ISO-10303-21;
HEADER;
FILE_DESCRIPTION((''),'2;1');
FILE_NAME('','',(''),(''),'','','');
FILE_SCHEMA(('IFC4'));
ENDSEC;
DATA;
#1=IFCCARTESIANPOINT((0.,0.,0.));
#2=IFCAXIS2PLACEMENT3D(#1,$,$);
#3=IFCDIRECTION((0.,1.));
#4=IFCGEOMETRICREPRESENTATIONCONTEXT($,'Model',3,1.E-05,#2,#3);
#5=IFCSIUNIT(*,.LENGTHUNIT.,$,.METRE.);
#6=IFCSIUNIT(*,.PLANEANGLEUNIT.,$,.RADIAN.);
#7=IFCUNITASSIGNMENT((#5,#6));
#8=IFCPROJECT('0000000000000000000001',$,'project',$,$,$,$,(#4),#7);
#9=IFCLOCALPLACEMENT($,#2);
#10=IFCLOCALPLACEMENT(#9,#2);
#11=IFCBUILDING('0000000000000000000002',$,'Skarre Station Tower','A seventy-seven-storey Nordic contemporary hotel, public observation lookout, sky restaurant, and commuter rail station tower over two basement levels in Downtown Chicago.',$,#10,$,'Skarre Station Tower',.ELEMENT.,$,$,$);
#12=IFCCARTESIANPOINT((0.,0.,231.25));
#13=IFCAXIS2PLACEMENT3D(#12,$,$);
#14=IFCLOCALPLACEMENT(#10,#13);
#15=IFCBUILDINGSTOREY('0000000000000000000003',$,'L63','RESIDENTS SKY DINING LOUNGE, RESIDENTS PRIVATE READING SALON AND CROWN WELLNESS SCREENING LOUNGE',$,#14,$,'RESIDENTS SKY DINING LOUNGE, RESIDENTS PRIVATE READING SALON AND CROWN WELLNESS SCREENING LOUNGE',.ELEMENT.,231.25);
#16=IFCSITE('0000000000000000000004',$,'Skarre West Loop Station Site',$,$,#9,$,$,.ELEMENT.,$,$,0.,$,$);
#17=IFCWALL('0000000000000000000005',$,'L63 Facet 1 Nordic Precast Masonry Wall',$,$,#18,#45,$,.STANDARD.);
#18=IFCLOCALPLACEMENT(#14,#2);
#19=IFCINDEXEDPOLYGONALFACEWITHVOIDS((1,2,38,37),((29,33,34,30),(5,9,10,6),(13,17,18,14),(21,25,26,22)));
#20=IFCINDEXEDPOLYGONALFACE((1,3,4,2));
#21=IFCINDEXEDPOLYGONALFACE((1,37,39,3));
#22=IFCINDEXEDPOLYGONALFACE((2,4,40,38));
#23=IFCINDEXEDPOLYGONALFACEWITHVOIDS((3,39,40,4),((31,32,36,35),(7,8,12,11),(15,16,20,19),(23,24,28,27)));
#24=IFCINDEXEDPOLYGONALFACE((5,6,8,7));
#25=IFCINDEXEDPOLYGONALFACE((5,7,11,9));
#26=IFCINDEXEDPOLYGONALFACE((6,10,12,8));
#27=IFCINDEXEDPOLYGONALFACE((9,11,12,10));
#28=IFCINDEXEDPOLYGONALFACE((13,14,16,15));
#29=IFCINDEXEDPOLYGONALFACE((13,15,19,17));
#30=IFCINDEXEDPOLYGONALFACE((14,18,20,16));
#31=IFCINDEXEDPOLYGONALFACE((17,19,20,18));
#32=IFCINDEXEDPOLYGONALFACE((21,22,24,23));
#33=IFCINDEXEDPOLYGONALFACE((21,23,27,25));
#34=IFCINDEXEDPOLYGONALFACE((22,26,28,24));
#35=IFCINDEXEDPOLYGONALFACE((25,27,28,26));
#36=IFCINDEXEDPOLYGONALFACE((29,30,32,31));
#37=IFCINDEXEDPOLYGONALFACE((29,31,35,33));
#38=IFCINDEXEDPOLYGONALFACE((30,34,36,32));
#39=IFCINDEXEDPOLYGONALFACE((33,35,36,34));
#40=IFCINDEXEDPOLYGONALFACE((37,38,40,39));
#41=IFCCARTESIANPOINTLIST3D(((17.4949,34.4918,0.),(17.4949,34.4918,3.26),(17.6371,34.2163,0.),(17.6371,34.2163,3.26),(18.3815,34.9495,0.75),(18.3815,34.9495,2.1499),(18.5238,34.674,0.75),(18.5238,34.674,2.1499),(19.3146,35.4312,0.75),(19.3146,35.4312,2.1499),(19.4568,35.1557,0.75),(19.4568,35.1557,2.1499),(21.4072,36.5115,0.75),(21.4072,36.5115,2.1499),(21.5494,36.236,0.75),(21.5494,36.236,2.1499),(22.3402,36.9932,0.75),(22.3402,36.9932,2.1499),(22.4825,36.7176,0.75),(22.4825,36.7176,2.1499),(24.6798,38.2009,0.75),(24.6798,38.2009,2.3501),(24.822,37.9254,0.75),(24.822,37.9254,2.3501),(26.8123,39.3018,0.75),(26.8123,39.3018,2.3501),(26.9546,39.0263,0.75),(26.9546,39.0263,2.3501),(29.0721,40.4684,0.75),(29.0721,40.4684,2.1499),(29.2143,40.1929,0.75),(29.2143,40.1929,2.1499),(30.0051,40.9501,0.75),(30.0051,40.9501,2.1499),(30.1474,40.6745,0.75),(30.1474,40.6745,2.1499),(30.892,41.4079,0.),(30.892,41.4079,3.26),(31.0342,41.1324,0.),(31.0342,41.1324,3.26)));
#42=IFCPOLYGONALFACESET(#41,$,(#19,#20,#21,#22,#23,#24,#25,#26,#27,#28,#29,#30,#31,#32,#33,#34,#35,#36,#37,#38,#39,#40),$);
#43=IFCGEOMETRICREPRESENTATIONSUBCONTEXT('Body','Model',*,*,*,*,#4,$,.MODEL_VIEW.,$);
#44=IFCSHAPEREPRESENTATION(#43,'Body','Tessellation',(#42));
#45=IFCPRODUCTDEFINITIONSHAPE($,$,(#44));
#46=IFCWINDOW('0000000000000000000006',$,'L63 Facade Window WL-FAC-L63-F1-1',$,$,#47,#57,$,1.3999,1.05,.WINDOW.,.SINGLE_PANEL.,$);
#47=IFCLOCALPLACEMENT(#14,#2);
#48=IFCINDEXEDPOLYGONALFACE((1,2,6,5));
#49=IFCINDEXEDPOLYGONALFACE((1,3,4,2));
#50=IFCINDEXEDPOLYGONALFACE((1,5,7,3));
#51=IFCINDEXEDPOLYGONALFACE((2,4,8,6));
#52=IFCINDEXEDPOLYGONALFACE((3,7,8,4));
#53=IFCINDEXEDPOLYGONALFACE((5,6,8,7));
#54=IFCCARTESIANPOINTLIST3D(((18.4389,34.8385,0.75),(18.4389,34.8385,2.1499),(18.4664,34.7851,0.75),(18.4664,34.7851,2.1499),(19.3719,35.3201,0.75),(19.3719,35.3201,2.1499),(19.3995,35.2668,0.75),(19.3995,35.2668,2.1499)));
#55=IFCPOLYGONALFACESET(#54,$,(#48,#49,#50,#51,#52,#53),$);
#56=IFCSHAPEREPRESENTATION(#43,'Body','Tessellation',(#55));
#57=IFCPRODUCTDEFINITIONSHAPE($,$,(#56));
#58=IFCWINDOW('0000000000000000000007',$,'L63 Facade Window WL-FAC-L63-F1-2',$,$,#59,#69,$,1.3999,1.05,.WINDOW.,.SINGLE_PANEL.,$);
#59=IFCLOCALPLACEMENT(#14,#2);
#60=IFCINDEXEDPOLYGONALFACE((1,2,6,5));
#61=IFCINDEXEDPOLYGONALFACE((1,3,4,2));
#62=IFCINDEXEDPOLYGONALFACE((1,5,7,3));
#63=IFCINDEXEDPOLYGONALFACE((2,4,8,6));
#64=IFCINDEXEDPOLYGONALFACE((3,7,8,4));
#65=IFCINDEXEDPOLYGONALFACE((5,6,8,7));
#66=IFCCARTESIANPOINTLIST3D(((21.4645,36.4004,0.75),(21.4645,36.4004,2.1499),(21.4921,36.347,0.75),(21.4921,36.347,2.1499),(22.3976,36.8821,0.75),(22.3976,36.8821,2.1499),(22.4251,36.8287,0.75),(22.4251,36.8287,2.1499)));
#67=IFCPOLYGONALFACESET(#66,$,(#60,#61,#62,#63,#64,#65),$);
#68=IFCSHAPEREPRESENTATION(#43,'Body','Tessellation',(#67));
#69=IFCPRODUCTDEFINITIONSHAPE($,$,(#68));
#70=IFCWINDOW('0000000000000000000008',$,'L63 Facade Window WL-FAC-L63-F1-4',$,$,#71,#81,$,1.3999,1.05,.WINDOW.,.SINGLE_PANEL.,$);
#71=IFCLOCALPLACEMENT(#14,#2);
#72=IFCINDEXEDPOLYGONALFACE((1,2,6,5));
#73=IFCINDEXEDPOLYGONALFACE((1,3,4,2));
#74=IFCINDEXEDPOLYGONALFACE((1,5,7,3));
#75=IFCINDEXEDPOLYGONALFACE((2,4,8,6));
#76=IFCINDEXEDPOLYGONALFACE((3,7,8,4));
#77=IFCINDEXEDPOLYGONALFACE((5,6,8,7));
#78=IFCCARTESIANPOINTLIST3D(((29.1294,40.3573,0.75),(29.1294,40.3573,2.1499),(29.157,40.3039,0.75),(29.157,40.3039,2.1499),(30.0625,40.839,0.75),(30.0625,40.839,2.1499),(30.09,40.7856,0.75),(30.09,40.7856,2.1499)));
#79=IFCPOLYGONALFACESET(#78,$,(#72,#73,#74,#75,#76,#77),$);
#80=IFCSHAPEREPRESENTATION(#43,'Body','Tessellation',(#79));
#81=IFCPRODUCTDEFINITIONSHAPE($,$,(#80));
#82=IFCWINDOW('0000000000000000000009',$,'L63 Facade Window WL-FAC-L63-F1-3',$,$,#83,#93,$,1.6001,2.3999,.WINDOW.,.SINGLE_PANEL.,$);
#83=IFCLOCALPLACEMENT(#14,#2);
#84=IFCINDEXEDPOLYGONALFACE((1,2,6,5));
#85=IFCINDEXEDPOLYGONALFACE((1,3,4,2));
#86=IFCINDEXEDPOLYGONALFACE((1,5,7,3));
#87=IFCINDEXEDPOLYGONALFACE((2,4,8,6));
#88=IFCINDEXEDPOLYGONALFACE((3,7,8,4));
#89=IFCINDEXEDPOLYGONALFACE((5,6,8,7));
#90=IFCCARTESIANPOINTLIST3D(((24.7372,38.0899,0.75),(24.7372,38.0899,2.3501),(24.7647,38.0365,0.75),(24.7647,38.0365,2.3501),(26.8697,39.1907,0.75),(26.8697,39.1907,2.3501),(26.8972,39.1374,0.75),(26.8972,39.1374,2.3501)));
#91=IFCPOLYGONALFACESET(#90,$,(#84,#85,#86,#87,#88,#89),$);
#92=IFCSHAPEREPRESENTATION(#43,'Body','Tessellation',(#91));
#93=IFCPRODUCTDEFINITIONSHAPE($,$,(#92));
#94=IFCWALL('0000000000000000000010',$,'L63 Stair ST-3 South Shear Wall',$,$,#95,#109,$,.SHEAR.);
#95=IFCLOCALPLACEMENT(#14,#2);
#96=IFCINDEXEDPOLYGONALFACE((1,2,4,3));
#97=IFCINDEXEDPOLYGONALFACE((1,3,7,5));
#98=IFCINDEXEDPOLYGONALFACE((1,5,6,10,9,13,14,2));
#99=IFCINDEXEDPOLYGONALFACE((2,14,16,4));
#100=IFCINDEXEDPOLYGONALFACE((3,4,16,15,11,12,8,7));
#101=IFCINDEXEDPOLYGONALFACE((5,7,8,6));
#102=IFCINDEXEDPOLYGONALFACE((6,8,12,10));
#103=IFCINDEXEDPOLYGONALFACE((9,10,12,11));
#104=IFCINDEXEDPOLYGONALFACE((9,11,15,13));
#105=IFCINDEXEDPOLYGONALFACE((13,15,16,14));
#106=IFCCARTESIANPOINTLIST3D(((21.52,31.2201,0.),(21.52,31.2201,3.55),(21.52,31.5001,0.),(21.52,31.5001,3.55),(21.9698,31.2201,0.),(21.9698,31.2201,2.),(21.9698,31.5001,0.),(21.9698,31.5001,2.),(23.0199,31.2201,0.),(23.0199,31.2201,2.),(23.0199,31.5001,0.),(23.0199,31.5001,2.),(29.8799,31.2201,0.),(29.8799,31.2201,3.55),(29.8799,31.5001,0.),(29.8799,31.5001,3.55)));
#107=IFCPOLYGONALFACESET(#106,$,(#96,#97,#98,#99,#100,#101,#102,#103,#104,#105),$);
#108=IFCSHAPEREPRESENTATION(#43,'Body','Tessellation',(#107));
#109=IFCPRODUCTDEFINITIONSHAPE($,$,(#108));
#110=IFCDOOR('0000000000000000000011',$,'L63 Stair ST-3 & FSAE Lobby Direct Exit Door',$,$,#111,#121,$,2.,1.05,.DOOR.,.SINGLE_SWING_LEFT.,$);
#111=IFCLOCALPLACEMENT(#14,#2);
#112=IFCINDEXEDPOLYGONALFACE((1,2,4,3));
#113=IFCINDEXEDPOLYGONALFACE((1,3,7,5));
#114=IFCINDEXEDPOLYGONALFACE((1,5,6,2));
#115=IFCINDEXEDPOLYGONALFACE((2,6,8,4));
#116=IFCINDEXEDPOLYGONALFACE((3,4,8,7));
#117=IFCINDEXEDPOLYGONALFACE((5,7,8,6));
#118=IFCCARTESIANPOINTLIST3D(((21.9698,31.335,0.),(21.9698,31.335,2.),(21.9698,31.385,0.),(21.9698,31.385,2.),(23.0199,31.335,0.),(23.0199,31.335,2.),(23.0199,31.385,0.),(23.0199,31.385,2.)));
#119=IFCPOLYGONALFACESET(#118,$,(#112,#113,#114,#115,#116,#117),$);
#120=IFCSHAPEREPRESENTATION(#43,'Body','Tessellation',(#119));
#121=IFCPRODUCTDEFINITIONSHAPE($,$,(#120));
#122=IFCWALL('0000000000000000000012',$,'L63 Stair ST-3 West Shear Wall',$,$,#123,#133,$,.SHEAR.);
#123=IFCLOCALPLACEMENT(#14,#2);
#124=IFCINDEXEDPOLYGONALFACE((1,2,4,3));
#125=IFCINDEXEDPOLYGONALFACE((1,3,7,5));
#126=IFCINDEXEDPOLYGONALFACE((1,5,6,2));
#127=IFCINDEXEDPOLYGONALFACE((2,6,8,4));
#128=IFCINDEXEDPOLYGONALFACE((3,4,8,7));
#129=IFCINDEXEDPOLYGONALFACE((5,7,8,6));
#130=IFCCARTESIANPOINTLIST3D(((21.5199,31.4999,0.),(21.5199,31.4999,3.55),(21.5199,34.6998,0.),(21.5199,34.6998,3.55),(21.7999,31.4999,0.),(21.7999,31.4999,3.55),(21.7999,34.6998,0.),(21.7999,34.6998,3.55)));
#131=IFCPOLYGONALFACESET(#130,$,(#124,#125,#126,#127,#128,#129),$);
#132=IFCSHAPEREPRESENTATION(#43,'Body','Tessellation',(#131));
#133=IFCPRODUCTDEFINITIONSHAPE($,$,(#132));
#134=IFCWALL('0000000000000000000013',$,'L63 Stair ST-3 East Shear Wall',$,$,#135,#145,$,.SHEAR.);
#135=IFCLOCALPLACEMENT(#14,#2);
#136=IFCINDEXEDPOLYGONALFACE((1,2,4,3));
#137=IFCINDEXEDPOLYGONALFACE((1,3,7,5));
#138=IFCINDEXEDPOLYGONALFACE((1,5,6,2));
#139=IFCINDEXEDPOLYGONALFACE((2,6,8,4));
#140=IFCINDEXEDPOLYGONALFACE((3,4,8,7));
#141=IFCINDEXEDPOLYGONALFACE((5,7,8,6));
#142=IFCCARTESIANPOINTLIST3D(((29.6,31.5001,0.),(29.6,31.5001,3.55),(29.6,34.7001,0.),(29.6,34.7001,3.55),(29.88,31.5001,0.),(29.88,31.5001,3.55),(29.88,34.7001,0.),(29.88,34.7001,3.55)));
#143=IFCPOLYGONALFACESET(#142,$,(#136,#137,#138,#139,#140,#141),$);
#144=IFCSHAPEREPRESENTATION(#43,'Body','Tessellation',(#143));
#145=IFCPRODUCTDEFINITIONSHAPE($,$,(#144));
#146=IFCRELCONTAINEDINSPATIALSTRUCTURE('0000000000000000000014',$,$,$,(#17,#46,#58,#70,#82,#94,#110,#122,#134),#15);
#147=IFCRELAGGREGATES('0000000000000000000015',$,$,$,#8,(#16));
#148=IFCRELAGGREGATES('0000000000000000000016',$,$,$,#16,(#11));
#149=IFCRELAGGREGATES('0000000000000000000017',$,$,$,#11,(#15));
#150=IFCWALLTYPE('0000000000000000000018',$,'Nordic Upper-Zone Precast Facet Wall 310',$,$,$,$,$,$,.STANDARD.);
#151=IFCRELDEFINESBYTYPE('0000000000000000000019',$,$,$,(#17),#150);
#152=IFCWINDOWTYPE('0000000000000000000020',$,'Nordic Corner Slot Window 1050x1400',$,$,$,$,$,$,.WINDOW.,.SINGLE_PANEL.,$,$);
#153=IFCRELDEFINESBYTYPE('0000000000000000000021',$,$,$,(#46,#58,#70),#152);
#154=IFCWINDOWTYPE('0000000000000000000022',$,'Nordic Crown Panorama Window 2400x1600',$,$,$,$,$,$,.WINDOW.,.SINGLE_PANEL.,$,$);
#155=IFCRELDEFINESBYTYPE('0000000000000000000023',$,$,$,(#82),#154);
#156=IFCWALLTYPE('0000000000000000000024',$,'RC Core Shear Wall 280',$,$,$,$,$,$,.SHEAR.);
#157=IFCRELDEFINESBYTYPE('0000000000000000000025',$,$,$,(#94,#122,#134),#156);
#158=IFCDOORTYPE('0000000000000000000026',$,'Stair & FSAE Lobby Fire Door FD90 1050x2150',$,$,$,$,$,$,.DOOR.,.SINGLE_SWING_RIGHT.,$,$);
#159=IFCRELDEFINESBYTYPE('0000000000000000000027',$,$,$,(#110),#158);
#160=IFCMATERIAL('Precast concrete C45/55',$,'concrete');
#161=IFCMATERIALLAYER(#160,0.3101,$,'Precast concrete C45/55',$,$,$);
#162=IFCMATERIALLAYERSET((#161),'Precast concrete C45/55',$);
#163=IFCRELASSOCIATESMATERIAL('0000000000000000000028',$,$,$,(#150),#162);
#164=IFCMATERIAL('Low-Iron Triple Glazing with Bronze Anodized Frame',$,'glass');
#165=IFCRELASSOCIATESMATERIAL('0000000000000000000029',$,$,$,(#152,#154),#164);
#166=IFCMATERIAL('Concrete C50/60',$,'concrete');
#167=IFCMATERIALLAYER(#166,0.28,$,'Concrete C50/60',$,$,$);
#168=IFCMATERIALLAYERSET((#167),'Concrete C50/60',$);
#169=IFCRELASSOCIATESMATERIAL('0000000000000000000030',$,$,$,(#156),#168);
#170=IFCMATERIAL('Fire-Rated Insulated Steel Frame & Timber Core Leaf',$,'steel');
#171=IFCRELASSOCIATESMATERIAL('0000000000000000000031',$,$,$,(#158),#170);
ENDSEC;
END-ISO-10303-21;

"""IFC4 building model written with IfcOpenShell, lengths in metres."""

from ifc_helpers import new_model, si_unit, direction, frame, frame_2d, origin, place, context, subcontext, project, spatial, rectangle, extrude, material, layer, layer_set, type_object, element, fill, save


model = new_model("IFC4")

# Units and contexts
model_context = context("Model", 3, precision=1e-05, world=origin(), true_north=direction((0.0, 1.0)))
body_context = subcontext(model_context, "Body", "Model", "MODEL_VIEW")
ifc_project = project(units=[si_unit("LENGTHUNIT", "METRE"), si_unit("PLANEANGLEUNIT", "RADIAN")], contexts=[model_context])

# Site, building, storey
site_placement = place(None, origin())
site = spatial("IfcSite", under=ifc_project, at=site_placement, Name="Skarre West Loop Station Site", CompositionType="ELEMENT", RefElevation=0.0)
building_placement = place(site_placement, origin())
building = spatial("IfcBuilding", under=site, at=building_placement, Name="Skarre Station Tower", Description="A seventy-seven-storey Nordic contemporary hotel, public observation lookout, sky restaurant, and commuter rail station tower over two basement levels in Downtown Chicago.", LongName="Skarre Station Tower", CompositionType="ELEMENT")
storey_placement = place(building_placement, frame((0.0, 0.0, 231.25)))
storey = spatial("IfcBuildingStorey", under=building, at=storey_placement, Name="L63", Description="RESIDENTS SKY DINING LOUNGE, RESIDENTS PRIVATE READING SALON AND CROWN WELLNESS SCREENING LOUNGE", LongName="RESIDENTS SKY DINING LOUNGE, RESIDENTS PRIVATE READING SALON AND CROWN WELLNESS SCREENING LOUNGE", CompositionType="ELEMENT", Elevation=231.25)

# Shared definitions
ifc_material_1 = material(Name="Concrete C50/60", Category="concrete")

# Shared definitions
ifc_material_2 = material(Name="Precast concrete C45/55", Category="concrete")

# Wall, openings, windows
ifc_layer_1 = layer(ifc_material_2, 0.3101, Name="Precast concrete C45/55")
ifc_layer_set_1 = layer_set([ifc_layer_1], Name="Precast concrete C45/55")
wall_type_1 = type_object("IfcWallType", Name="Nordic Upper-Zone Precast Facet Wall 310", PredefinedType="STANDARD", material=ifc_layer_set_1)
wall_1_placement = place(storey_placement, frame((17.5659, 34.354, 0.0), z_axis=(0.0, 0.0, 1.0), x_axis=(0.888581, 0.458719, 0.0)))
wall_1 = element("IfcWall", 1, at=wall_1_placement, inside=storey, type_object=wall_type_1, Name="L63 Facet 1 Nordic Precast Masonry Wall", PredefinedType="STANDARD", context=body_context, shape_type="SweptSolid", body=[
    extrude(rectangle(XDim=15.0769, YDim=0.3101, at=frame_2d((7.5386, 0.0))), origin(), (0.0, 0.0, 1.0), 3.26),
])
opening_1_placement = place(wall_1_placement, frame((0.998, 0.0, 0.75)))
opening_1 = element("IfcOpeningElement", 2, at=opening_1_placement, cuts=wall_1, PredefinedType="OPENING", context=body_context, shape_type="SweptSolid", body=[
    extrude(rectangle(XDim=1.05, YDim=1.3999, at=frame_2d((0.5249, 0.7))), frame((0.0, 0.165, 0.0), z_axis=(0.0, -1.0, 0.0), x_axis=(1.0, 0.0, 0.0)), (0.0, 0.0, 1.0), 0.3301),
])
opening_2_placement = place(wall_1_placement, frame((4.4031, 0.0, 0.75)))
opening_2 = element("IfcOpeningElement", 3, at=opening_2_placement, cuts=wall_1, PredefinedType="OPENING", context=body_context, shape_type="SweptSolid", body=[
    extrude(rectangle(XDim=1.05, YDim=1.3999, at=frame_2d((0.5249, 0.7))), frame((0.0, 0.165, 0.0), z_axis=(0.0, -1.0, 0.0), x_axis=(1.0, 0.0, 0.0)), (0.0, 0.0, 1.0), 0.3301),
])
opening_3_placement = place(wall_1_placement, frame((8.0859, 0.0, 0.75)))
opening_3 = element("IfcOpeningElement", 4, at=opening_3_placement, cuts=wall_1, PredefinedType="OPENING", context=body_context, shape_type="SweptSolid", body=[
    extrude(rectangle(XDim=2.3999, YDim=1.6001, at=frame_2d((1.2, 0.8))), frame((0.0, 0.165, 0.0), z_axis=(0.0, -1.0, 0.0), x_axis=(1.0, 0.0, 0.0)), (0.0, 0.0, 1.0), 0.3301),
])
opening_4_placement = place(wall_1_placement, frame((13.0291, 0.0, 0.75)))
opening_4 = element("IfcOpeningElement", 5, at=opening_4_placement, cuts=wall_1, PredefinedType="OPENING", context=body_context, shape_type="SweptSolid", body=[
    extrude(rectangle(XDim=1.05, YDim=1.3999, at=frame_2d((0.5249, 0.7))), frame((0.0, 0.165, 0.0), z_axis=(0.0, -1.0, 0.0), x_axis=(1.0, 0.0, 0.0)), (0.0, 0.0, 1.0), 0.3301),
])
ifc_material_3 = material(Name="Low-Iron Triple Glazing with Bronze Anodized Frame", Category="glass")
window_type_1 = type_object("IfcWindowType", Name="Nordic Corner Slot Window 1050x1400", PartitioningType="SINGLE_PANEL", PredefinedType="WINDOW", material=ifc_material_3)
window_1_placement = place(opening_1_placement, origin())
window_1 = element("IfcWindow", 6, at=window_1_placement, inside=storey, type_object=window_type_1, Name="L63 Facade Window WL-FAC-L63-F1-1", OverallHeight=1.3999, OverallWidth=1.05, PartitioningType="SINGLE_PANEL", PredefinedType="WINDOW", context=body_context, shape_type="SweptSolid", body=[
    extrude(rectangle(XDim=1.05, YDim=1.3999, at=frame_2d((0.5249, 0.7))), frame((0.0, 0.03, 0.0), z_axis=(0.0, -1.0, 0.0), x_axis=(1.0, 0.0, 0.0)), (0.0, 0.0, 1.0), 0.0601),
])
fill(opening_1, window_1)
window_2_placement = place(opening_2_placement, origin())
window_2 = element("IfcWindow", 7, at=window_2_placement, inside=storey, type_object=window_type_1, Name="L63 Facade Window WL-FAC-L63-F1-2", OverallHeight=1.3999, OverallWidth=1.05, PartitioningType="SINGLE_PANEL", PredefinedType="WINDOW", context=body_context, shape_type="SweptSolid", body=[
    extrude(rectangle(XDim=1.05, YDim=1.3999, at=frame_2d((0.5249, 0.7))), frame((0.0, 0.03, 0.0), z_axis=(0.0, -1.0, 0.0), x_axis=(1.0, 0.0, 0.0)), (0.0, 0.0, 1.0), 0.0601),
])
fill(opening_2, window_2)
window_3_placement = place(opening_4_placement, origin())
window_3 = element("IfcWindow", 8, at=window_3_placement, inside=storey, type_object=window_type_1, Name="L63 Facade Window WL-FAC-L63-F1-4", OverallHeight=1.3999, OverallWidth=1.05, PartitioningType="SINGLE_PANEL", PredefinedType="WINDOW", context=body_context, shape_type="SweptSolid", body=[
    extrude(rectangle(XDim=1.05, YDim=1.3999, at=frame_2d((0.5249, 0.7))), frame((0.0, 0.03, 0.0), z_axis=(0.0, -1.0, 0.0), x_axis=(1.0, 0.0, 0.0)), (0.0, 0.0, 1.0), 0.0601),
])
fill(opening_4, window_3)
window_type_2 = type_object("IfcWindowType", Name="Nordic Crown Panorama Window 2400x1600", PartitioningType="SINGLE_PANEL", PredefinedType="WINDOW", material=ifc_material_3)
window_4_placement = place(opening_3_placement, origin())
window_4 = element("IfcWindow", 9, at=window_4_placement, inside=storey, type_object=window_type_2, Name="L63 Facade Window WL-FAC-L63-F1-3", OverallHeight=1.6001, OverallWidth=2.3999, PartitioningType="SINGLE_PANEL", PredefinedType="WINDOW", context=body_context, shape_type="SweptSolid", body=[
    extrude(rectangle(XDim=2.3999, YDim=1.6001, at=frame_2d((1.2, 0.8))), frame((0.0, 0.03, 0.0), z_axis=(0.0, -1.0, 0.0), x_axis=(1.0, 0.0, 0.0)), (0.0, 0.0, 1.0), 0.0601),
])
fill(opening_3, window_4)

# Wall, opening, door
ifc_layer_2 = layer(ifc_material_1, 0.28, Name="Concrete C50/60")
ifc_layer_set_2 = layer_set([ifc_layer_2], Name="Concrete C50/60")
wall_type_2 = type_object("IfcWallType", Name="RC Core Shear Wall 280", PredefinedType="SHEAR", material=ifc_layer_set_2)
wall_2_placement = place(storey_placement, frame((21.52, 31.3601, 0.0), z_axis=(0.0, 0.0, 1.0), x_axis=(1.0, 0.0, 0.0)))
wall_2 = element("IfcWall", 10, at=wall_2_placement, inside=storey, type_object=wall_type_2, Name="L63 Stair ST-3 South Shear Wall", PredefinedType="SHEAR", context=body_context, shape_type="SweptSolid", body=[
    extrude(rectangle(XDim=8.3599, YDim=0.28, at=frame_2d((4.1799, 0.0))), origin(), (0.0, 0.0, 1.0), 3.55),
])
opening_5_placement = place(wall_2_placement, frame((0.45, 0.0, 0.0)))
opening_5 = element("IfcOpeningElement", 11, at=opening_5_placement, cuts=wall_2, PredefinedType="OPENING", context=body_context, shape_type="SweptSolid", body=[
    extrude(rectangle(XDim=1.05, YDim=2.0, at=frame_2d((0.5249, 1.0))), frame((0.0, 0.1499, 0.0), z_axis=(0.0, -1.0, 0.0), x_axis=(1.0, 0.0, 0.0)), (0.0, 0.0, 1.0), 0.3),
])
ifc_material_4 = material(Name="Fire-Rated Insulated Steel Frame & Timber Core Leaf", Category="steel")
door_type_1 = type_object("IfcDoorType", Name="Stair & FSAE Lobby Fire Door FD90 1050x2150", OperationType="SINGLE_SWING_RIGHT", PredefinedType="DOOR", material=ifc_material_4)
door_1_placement = place(opening_5_placement, origin())
door_1 = element("IfcDoor", 12, at=door_1_placement, inside=storey, type_object=door_type_1, Name="L63 Stair ST-3 & FSAE Lobby Direct Exit Door", OperationType="SINGLE_SWING_LEFT", OverallHeight=2.0, OverallWidth=1.05, PredefinedType="DOOR", context=body_context, shape_type="SweptSolid", body=[
    extrude(rectangle(XDim=1.05, YDim=2.0, at=frame_2d((0.5249, 1.0))), frame((0.0, 0.0249, 0.0), z_axis=(0.0, -1.0, 0.0), x_axis=(1.0, 0.0, 0.0)), (0.0, 0.0, 1.0), 0.05),
])
fill(opening_5, door_1)

# Walls
for number, where, z_axis, x_axis, name in (
    (13, (21.6599, 34.7, 0.0), (0.0, 0.0, 1.0), (0.0, -1.0, 0.0), "L63 Stair ST-3 West Shear Wall"),
    (14, (29.74, 31.5, 0.0), (0.0, 0.0, 1.0), (0.0, 1.0, 0.0), "L63 Stair ST-3 East Shear Wall"),
):
    element("IfcWall", number, at=place(storey_placement, frame(where, z_axis=z_axis, x_axis=x_axis)), inside=storey, type_object=wall_type_2, Name=name, PredefinedType="SHEAR", context=body_context, shape_type="SweptSolid", body=[
        extrude(rectangle(XDim=3.2, YDim=0.28, at=frame_2d((1.6001, 0.0))), origin(), (0.0, 0.0, 1.0), 3.55),
    ])

save(model, "model.ifc")
